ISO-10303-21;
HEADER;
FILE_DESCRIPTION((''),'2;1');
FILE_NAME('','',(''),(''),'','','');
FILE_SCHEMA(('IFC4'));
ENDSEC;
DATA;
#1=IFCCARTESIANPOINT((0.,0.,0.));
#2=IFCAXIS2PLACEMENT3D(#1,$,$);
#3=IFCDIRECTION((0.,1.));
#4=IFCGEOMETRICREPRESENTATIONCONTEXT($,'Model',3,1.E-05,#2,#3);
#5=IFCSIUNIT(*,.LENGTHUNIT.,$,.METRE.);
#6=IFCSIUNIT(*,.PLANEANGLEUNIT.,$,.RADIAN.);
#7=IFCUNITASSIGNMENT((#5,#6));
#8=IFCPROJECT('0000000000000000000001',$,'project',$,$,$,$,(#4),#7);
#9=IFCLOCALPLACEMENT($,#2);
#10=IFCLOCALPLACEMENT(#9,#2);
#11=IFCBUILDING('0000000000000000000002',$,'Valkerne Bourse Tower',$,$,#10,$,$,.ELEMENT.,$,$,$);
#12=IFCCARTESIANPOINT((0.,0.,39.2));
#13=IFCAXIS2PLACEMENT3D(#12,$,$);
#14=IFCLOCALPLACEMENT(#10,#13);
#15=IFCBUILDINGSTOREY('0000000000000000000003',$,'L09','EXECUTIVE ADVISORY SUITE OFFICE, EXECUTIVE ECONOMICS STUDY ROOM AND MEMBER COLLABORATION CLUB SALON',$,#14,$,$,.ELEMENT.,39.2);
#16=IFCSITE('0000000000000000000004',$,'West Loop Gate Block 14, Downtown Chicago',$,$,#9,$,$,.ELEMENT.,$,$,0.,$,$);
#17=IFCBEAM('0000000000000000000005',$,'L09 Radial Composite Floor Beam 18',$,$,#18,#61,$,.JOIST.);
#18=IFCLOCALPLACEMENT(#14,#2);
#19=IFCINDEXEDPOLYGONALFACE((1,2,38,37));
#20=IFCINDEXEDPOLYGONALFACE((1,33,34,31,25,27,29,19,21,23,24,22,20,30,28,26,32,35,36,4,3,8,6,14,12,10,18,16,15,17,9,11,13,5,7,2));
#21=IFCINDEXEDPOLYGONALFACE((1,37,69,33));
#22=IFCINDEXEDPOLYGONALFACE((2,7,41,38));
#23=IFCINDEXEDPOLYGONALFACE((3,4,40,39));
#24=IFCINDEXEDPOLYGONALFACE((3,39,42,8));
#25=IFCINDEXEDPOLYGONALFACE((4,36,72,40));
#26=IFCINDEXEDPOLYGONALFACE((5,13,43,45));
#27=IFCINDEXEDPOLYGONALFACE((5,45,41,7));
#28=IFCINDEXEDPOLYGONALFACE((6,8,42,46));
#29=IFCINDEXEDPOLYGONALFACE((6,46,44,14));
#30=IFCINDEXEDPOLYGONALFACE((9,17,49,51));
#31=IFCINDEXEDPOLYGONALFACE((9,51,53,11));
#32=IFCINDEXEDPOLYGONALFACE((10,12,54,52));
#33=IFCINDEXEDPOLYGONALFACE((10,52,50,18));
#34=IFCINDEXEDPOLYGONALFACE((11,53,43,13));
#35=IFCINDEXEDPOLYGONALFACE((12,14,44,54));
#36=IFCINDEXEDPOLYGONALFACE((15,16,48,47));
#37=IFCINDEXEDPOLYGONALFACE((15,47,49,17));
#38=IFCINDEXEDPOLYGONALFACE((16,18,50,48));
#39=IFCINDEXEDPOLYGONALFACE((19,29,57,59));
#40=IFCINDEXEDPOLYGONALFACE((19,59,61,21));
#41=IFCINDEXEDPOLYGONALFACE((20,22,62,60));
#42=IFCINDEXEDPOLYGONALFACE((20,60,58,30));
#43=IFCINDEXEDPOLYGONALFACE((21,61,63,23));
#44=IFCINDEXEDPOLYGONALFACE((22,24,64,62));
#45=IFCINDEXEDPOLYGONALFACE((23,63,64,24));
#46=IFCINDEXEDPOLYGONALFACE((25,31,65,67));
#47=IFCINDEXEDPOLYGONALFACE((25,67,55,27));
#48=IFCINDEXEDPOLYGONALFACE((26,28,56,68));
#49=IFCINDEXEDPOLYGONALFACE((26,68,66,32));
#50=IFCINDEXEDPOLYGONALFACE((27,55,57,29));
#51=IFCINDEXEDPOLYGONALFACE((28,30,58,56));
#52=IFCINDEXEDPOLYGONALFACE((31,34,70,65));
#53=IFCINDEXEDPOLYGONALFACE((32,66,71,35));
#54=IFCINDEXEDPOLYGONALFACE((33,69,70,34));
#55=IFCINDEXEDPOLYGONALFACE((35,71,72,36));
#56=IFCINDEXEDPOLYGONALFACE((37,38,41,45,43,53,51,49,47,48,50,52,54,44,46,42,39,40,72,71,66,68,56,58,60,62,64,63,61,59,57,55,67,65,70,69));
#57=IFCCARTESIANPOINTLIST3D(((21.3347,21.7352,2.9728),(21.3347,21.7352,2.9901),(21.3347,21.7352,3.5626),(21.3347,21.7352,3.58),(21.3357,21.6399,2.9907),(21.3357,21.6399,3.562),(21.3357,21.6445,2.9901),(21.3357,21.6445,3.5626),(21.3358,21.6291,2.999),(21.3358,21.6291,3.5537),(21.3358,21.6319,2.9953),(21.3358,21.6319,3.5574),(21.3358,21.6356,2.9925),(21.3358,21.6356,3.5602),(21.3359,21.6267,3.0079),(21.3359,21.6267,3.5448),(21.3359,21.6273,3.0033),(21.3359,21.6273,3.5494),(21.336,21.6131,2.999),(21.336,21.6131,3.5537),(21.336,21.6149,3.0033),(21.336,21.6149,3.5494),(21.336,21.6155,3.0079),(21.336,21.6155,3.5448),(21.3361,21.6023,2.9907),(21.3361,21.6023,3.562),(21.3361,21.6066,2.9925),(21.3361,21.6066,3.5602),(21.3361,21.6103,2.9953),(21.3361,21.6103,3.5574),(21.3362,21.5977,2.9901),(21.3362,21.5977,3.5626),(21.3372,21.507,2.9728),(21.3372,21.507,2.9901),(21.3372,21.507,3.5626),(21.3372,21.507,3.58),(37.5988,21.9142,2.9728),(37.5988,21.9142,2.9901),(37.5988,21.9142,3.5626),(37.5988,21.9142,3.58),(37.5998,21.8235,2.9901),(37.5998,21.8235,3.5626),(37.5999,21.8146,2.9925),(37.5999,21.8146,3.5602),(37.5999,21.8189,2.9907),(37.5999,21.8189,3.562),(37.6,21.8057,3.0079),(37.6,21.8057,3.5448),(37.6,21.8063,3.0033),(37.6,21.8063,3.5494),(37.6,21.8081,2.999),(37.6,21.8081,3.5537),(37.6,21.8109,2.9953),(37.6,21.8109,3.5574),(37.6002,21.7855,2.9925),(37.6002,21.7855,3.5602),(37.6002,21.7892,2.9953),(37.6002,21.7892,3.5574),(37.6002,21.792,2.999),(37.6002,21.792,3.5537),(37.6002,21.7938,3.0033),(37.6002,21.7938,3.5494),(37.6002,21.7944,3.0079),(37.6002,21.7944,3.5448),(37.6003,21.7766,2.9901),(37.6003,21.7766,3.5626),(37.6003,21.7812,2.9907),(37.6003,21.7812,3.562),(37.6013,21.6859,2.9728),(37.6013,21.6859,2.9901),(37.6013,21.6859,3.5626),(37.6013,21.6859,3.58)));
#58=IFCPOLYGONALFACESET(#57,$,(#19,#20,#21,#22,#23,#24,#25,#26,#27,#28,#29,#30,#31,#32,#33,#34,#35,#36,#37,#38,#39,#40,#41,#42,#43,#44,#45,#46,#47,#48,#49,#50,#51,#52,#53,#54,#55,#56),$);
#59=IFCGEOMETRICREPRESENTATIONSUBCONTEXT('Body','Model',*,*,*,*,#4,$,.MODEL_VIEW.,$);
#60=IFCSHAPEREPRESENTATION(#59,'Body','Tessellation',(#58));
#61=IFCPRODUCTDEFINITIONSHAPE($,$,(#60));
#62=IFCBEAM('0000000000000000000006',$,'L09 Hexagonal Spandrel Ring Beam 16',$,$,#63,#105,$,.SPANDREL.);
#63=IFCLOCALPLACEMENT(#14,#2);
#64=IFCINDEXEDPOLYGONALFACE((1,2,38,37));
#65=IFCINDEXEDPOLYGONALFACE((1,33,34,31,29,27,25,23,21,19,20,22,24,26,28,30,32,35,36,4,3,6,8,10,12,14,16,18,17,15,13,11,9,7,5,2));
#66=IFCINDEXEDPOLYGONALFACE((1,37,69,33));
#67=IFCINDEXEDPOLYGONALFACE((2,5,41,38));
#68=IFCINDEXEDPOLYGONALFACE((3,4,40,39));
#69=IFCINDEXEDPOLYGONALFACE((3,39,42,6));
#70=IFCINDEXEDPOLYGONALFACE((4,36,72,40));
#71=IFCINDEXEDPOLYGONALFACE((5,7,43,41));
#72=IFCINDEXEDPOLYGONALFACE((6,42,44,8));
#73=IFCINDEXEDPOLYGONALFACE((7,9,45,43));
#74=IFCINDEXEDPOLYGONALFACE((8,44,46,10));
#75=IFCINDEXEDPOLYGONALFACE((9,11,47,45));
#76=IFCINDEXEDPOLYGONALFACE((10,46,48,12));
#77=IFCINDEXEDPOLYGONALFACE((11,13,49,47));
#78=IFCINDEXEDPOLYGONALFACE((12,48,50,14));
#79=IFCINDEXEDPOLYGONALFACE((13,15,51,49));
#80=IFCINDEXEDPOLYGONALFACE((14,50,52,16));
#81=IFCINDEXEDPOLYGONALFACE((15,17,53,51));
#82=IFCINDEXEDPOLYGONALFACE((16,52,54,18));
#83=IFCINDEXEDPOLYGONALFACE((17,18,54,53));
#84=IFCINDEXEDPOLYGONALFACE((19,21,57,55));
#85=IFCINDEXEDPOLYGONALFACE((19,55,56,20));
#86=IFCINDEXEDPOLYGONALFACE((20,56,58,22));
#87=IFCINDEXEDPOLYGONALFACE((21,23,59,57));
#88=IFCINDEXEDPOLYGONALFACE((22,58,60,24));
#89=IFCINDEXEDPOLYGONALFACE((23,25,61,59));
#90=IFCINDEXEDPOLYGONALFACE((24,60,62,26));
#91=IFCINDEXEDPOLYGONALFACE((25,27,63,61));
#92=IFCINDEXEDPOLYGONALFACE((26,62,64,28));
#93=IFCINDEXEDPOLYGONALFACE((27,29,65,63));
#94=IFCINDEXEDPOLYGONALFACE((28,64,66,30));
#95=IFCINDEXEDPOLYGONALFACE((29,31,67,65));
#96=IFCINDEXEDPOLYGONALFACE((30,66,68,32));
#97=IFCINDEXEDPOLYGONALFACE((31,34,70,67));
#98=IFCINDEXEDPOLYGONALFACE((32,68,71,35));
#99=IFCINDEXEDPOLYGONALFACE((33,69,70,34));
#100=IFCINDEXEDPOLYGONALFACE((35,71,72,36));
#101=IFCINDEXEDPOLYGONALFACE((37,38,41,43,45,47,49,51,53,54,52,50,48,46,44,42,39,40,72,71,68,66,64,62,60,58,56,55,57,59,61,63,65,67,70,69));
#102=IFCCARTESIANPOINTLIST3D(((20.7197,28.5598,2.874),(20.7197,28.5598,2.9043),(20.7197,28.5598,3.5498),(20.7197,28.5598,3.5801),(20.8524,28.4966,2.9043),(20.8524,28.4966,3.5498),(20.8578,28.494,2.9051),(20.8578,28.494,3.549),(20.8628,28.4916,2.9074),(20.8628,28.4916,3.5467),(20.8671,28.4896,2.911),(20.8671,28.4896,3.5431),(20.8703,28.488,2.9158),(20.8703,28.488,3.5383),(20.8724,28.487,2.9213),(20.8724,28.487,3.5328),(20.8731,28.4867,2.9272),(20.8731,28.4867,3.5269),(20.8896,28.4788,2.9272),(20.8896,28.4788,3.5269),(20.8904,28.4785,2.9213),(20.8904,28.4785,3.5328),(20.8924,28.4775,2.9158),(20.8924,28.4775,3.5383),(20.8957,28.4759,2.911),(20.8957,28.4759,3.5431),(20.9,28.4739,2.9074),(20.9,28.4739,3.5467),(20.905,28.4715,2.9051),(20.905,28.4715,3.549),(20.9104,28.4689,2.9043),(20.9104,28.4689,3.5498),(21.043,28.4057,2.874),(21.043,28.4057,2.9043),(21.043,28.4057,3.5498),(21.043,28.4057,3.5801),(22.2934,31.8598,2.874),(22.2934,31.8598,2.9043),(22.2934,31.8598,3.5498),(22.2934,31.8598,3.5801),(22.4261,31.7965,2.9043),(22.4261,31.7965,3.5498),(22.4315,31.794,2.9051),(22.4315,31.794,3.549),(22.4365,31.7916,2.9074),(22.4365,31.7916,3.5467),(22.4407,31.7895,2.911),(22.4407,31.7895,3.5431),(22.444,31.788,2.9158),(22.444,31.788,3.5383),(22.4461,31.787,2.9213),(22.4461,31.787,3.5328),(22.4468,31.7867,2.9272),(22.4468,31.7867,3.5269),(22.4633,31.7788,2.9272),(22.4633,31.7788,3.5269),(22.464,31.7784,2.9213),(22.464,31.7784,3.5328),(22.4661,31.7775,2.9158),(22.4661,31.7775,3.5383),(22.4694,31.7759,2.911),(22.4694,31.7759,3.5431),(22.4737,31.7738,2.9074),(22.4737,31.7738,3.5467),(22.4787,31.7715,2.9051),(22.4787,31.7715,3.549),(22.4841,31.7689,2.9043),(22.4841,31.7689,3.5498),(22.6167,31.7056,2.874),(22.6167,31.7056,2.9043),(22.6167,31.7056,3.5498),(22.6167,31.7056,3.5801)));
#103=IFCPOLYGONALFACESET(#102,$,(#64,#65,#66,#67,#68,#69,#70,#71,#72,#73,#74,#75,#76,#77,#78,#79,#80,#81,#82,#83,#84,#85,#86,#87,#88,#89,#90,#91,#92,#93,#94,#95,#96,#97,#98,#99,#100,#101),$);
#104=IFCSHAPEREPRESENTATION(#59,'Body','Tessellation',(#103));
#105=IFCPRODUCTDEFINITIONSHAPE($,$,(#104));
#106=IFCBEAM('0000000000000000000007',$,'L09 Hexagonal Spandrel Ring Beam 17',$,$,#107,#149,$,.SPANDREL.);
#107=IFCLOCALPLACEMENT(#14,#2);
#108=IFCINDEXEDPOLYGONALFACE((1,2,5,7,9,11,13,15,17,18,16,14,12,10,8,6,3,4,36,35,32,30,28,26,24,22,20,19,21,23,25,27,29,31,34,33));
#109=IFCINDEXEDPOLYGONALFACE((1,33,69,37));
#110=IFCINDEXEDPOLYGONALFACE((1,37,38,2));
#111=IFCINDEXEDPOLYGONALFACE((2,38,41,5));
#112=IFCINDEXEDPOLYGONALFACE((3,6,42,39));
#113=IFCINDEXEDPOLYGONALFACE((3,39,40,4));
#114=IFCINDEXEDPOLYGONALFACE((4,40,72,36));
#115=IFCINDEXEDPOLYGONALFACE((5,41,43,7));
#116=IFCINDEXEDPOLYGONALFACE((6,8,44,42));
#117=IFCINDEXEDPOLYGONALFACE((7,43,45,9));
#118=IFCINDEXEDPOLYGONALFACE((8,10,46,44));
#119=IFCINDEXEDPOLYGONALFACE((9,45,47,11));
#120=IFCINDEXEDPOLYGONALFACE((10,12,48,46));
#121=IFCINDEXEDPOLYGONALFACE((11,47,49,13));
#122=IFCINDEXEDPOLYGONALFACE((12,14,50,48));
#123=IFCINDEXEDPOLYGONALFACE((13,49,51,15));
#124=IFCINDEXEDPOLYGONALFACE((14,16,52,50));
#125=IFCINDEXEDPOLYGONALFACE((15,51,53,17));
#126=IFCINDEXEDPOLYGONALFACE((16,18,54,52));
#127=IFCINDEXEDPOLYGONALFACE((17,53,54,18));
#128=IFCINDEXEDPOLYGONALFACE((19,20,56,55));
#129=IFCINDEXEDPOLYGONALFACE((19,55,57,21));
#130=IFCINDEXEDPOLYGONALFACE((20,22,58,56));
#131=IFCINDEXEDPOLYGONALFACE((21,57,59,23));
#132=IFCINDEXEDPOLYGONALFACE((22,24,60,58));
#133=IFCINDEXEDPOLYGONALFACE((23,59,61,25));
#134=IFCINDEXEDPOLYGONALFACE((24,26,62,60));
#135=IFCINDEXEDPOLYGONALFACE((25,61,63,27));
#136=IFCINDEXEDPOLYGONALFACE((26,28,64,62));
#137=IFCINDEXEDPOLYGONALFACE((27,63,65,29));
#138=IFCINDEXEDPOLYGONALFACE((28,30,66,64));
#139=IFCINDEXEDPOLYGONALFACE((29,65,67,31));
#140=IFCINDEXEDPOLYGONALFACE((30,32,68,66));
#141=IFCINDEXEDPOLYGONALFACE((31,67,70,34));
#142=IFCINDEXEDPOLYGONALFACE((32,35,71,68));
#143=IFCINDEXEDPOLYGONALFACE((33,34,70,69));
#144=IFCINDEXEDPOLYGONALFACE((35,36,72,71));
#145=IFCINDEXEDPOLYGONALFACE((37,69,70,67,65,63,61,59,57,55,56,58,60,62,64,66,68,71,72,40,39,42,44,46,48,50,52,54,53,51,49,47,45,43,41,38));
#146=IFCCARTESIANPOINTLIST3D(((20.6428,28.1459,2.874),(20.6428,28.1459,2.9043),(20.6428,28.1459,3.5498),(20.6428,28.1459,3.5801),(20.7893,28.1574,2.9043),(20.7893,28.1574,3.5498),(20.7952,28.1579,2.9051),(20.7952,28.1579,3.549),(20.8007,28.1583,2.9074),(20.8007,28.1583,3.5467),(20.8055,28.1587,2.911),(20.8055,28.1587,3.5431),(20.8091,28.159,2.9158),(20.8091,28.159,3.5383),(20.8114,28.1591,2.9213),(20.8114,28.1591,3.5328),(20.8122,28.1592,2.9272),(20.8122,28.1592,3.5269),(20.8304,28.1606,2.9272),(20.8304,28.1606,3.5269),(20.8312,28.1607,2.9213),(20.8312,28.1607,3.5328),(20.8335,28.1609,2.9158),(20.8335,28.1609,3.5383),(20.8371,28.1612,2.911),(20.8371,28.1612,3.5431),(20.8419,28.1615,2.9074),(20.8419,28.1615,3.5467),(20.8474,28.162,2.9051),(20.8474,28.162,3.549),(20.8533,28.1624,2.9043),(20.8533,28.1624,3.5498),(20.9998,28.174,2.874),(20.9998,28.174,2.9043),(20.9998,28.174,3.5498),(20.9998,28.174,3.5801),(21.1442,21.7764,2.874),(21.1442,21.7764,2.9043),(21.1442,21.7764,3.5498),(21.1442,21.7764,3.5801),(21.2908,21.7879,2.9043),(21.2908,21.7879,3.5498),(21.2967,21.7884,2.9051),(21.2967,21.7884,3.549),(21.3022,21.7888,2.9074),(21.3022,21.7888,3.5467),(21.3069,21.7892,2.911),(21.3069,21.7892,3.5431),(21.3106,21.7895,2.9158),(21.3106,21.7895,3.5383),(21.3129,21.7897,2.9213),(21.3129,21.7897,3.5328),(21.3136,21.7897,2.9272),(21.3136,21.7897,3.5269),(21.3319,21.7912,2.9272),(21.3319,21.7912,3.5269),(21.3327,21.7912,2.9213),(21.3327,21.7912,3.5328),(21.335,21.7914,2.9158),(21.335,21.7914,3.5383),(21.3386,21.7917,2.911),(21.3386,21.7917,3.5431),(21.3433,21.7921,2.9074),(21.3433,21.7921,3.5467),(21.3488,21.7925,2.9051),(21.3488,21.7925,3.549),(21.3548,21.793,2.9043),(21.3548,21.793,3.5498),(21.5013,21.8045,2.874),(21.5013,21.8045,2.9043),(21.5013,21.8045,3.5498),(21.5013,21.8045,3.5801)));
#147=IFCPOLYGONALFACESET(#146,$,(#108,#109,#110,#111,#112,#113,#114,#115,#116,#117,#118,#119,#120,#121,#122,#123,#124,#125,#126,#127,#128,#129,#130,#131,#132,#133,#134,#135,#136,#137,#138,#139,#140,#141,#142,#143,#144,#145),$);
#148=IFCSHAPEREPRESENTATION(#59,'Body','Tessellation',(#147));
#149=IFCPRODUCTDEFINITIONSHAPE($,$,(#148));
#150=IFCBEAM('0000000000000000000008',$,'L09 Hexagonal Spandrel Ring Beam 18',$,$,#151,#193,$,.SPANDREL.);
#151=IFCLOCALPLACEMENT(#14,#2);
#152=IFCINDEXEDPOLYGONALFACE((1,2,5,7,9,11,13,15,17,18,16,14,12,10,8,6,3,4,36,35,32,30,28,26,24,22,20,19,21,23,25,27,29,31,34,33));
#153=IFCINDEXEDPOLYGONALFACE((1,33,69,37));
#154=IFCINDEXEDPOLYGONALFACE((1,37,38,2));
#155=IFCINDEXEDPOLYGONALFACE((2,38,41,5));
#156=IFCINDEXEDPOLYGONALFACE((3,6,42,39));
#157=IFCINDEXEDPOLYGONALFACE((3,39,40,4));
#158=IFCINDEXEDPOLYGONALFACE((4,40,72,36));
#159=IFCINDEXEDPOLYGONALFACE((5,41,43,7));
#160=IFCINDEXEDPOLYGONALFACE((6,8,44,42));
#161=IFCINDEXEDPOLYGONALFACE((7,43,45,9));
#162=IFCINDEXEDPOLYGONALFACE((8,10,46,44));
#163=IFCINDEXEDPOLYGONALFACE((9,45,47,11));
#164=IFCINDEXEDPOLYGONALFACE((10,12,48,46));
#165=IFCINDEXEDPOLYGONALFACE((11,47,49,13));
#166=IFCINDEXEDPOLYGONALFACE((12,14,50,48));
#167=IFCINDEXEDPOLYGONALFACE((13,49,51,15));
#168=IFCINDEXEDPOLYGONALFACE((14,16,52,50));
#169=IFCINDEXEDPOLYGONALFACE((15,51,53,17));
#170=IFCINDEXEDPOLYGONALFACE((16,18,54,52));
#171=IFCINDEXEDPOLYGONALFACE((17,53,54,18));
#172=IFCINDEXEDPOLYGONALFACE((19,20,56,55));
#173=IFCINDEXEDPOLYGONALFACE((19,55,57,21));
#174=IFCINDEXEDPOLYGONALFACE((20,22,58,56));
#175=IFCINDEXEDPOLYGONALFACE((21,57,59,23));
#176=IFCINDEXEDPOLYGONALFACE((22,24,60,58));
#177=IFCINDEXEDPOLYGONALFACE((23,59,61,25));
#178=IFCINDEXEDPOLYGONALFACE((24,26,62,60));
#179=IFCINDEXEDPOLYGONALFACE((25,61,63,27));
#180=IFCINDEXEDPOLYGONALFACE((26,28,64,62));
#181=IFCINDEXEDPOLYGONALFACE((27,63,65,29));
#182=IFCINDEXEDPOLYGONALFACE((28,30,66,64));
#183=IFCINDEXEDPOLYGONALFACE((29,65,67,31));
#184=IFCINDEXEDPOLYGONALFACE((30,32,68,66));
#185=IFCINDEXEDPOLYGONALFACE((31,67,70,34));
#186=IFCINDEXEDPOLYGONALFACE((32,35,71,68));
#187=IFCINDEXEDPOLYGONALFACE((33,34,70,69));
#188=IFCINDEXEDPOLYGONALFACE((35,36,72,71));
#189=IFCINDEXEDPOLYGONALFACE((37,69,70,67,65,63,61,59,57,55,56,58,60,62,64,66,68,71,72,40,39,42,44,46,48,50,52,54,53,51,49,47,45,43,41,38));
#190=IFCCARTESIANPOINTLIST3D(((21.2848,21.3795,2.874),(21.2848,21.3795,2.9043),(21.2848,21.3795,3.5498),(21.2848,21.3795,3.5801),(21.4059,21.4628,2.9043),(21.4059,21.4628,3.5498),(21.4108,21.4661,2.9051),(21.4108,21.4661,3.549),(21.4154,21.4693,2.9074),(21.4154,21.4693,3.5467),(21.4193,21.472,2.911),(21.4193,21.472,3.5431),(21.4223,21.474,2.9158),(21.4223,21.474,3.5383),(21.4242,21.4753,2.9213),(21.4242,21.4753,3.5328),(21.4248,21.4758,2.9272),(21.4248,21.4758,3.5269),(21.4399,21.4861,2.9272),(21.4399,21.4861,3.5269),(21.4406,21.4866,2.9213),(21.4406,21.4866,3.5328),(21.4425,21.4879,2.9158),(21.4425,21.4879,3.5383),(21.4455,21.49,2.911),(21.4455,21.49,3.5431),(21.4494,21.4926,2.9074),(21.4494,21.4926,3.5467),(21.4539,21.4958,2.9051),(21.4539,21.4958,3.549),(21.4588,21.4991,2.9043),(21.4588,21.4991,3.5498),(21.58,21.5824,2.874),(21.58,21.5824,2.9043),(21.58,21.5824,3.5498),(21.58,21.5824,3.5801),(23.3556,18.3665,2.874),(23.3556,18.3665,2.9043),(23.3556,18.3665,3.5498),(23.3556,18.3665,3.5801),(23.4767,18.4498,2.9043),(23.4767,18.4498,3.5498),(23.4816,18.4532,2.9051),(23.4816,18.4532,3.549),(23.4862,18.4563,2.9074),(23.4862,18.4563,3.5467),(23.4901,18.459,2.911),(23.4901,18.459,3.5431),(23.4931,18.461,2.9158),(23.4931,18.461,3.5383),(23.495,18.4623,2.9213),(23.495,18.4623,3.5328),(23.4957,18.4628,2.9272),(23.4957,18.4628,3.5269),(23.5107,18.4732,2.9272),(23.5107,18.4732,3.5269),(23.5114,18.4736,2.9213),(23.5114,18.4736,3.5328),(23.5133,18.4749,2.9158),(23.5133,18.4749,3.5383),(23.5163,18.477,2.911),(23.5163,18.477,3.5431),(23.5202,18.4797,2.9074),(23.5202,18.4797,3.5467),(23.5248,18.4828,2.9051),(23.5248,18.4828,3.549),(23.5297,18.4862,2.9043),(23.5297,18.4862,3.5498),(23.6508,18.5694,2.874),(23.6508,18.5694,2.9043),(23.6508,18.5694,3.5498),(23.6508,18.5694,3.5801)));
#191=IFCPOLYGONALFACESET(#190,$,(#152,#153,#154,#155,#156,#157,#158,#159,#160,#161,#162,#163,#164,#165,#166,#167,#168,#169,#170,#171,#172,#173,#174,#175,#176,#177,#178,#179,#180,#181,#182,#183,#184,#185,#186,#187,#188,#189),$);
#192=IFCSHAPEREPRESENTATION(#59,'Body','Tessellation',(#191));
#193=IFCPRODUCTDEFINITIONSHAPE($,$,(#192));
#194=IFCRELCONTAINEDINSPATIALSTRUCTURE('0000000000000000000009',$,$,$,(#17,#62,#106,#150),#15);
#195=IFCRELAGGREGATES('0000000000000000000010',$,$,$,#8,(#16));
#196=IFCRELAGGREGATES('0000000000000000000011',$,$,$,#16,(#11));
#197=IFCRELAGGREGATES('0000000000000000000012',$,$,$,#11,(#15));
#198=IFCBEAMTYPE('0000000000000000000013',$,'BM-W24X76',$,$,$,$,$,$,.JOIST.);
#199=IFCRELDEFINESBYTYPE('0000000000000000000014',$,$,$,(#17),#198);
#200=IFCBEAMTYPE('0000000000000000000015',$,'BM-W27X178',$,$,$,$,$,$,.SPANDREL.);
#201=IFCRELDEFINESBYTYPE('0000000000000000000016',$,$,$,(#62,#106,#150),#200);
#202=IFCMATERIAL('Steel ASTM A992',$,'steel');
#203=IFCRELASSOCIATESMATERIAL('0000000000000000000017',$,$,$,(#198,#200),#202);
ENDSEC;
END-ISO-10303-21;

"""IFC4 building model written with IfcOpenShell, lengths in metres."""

from ifc_helpers import new_model, si_unit, direction, frame, origin, origin_2d, place, context, subcontext, project, spatial, i_section, extrude, material, material_profile, profile_set, type_object, element, save


model = new_model("IFC4")

# Units and contexts
model_context = context("Model", 3, precision=1e-05, world=origin(), true_north=direction((0.0, 1.0)))
body_context = subcontext(model_context, "Body", "Model", "MODEL_VIEW")
ifc_project = project(units=[si_unit("LENGTHUNIT", "METRE"), si_unit("PLANEANGLEUNIT", "RADIAN")], contexts=[model_context])

# Site, building, storey
site_placement = place(None, origin())
site = spatial("IfcSite", under=ifc_project, at=site_placement, Name="West Loop Gate Block 14, Downtown Chicago", CompositionType="ELEMENT", RefElevation=0.0)
building_placement = place(site_placement, origin())
building = spatial("IfcBuilding", under=site, at=building_placement, Name="Valkerne Bourse Tower", CompositionType="ELEMENT")
storey_placement = place(building_placement, frame((0.0, 0.0, 39.2)))
storey = spatial("IfcBuildingStorey", under=building, at=storey_placement, Name="L09", Description="EXECUTIVE ADVISORY SUITE OFFICE, EXECUTIVE ECONOMICS STUDY ROOM AND MEMBER COLLABORATION CLUB SALON", CompositionType="ELEMENT", Elevation=39.2)

# Beams
ifc_material_1 = material(Name="Steel ASTM A992", Category="steel")
ifc_material_profile_1 = material_profile(ifc_material_1, i_section(OverallWidth=0.2283, OverallDepth=0.6072, WebThickness=0.0112, FlangeThickness=0.0173, FilletRadius=0.0178, at=origin_2d()), Name="W24X76")
ifc_profile_set_1 = profile_set([ifc_material_profile_1], Name="Steel ASTM A992")
beam_type_1 = type_object("IfcBeamType", Name="BM-W24X76", PredefinedType="JOIST", material=ifc_profile_set_1)
beam_1_placement = place(storey_placement, frame((21.3359, 21.6211, 3.2764), z_axis=(0.999939, 0.011002, 0.0), x_axis=(-0.011002, 0.999939, 0.0)))
element("IfcBeam", 1, at=beam_1_placement, inside=storey, type_object=beam_type_1, Name="L09 Radial Composite Floor Beam 18", PredefinedType="JOIST", context=body_context, shape_type="SweptSolid", body=[
    extrude(i_section(OverallWidth=0.2283, OverallDepth=0.6072, WebThickness=0.0112, FlangeThickness=0.0173, FilletRadius=0.0178, at=origin_2d()), origin(), (0.0, 0.0, 1.0), 16.2651),
])
ifc_material_profile_2 = material_profile(ifc_material_1, i_section(OverallWidth=0.3582, OverallDepth=0.7061, WebThickness=0.0183, FlangeThickness=0.0303, FilletRadius=0.0229, at=origin_2d()), Name="W27X178")
ifc_profile_set_2 = profile_set([ifc_material_profile_2], Name="Steel ASTM A992")
beam_type_2 = type_object("IfcBeamType", Name="BM-W27X178", PredefinedType="SPANDREL", material=ifc_profile_set_2)
beam_2_placement = place(storey_placement, frame((22.4551, 31.7827, 3.2271), z_axis=(-0.430442, -0.902618, 0.0), x_axis=(0.902618, -0.430442, 0.0)))
element("IfcBeam", 2, at=beam_2_placement, inside=storey, type_object=beam_type_2, Name="L09 Hexagonal Spandrel Ring Beam 16", PredefinedType="SPANDREL", context=body_context, shape_type="SweptSolid", body=[
    extrude(i_section(OverallWidth=0.3582, OverallDepth=0.7061, WebThickness=0.0183, FlangeThickness=0.0303, FilletRadius=0.0229, at=origin_2d()), origin(), (0.0, 0.0, 1.0), 3.656),
])
beam_3_placement = place(storey_placement, frame((20.8213, 28.1599, 3.2271), z_axis=(0.078488, -0.996915, 0.0), x_axis=(0.996915, 0.078488, 0.0)))
element("IfcBeam", 3, at=beam_3_placement, inside=storey, type_object=beam_type_2, Name="L09 Hexagonal Spandrel Ring Beam 17", PredefinedType="SPANDREL", context=body_context, shape_type="SweptSolid", body=[
    extrude(i_section(OverallWidth=0.3582, OverallDepth=0.7061, WebThickness=0.0183, FlangeThickness=0.0303, FilletRadius=0.0229, at=origin_2d()), origin(), (0.0, 0.0, 1.0), 6.3892),
])
for number, where, z_axis, x_axis, name in (
    (4, (21.4324, 21.481, 3.2271), (0.566418, -0.824118, 0.0), (0.824118, 0.566418, 0.0), "L09 Hexagonal Spandrel Ring Beam 18"),
):
    element("IfcBeam", number, at=place(storey_placement, frame(where, z_axis=z_axis, x_axis=x_axis)), inside=storey, type_object=beam_type_2, Name=name, PredefinedType="SPANDREL", context=body_context, shape_type="SweptSolid", body=[
        extrude(i_section(OverallWidth=0.3582, OverallDepth=0.7061, WebThickness=0.0183, FlangeThickness=0.0303, FilletRadius=0.0229, at=origin_2d()), origin(), (0.0, 0.0, 1.0), 3.656),
    ])

save(model, "model.ifc")
